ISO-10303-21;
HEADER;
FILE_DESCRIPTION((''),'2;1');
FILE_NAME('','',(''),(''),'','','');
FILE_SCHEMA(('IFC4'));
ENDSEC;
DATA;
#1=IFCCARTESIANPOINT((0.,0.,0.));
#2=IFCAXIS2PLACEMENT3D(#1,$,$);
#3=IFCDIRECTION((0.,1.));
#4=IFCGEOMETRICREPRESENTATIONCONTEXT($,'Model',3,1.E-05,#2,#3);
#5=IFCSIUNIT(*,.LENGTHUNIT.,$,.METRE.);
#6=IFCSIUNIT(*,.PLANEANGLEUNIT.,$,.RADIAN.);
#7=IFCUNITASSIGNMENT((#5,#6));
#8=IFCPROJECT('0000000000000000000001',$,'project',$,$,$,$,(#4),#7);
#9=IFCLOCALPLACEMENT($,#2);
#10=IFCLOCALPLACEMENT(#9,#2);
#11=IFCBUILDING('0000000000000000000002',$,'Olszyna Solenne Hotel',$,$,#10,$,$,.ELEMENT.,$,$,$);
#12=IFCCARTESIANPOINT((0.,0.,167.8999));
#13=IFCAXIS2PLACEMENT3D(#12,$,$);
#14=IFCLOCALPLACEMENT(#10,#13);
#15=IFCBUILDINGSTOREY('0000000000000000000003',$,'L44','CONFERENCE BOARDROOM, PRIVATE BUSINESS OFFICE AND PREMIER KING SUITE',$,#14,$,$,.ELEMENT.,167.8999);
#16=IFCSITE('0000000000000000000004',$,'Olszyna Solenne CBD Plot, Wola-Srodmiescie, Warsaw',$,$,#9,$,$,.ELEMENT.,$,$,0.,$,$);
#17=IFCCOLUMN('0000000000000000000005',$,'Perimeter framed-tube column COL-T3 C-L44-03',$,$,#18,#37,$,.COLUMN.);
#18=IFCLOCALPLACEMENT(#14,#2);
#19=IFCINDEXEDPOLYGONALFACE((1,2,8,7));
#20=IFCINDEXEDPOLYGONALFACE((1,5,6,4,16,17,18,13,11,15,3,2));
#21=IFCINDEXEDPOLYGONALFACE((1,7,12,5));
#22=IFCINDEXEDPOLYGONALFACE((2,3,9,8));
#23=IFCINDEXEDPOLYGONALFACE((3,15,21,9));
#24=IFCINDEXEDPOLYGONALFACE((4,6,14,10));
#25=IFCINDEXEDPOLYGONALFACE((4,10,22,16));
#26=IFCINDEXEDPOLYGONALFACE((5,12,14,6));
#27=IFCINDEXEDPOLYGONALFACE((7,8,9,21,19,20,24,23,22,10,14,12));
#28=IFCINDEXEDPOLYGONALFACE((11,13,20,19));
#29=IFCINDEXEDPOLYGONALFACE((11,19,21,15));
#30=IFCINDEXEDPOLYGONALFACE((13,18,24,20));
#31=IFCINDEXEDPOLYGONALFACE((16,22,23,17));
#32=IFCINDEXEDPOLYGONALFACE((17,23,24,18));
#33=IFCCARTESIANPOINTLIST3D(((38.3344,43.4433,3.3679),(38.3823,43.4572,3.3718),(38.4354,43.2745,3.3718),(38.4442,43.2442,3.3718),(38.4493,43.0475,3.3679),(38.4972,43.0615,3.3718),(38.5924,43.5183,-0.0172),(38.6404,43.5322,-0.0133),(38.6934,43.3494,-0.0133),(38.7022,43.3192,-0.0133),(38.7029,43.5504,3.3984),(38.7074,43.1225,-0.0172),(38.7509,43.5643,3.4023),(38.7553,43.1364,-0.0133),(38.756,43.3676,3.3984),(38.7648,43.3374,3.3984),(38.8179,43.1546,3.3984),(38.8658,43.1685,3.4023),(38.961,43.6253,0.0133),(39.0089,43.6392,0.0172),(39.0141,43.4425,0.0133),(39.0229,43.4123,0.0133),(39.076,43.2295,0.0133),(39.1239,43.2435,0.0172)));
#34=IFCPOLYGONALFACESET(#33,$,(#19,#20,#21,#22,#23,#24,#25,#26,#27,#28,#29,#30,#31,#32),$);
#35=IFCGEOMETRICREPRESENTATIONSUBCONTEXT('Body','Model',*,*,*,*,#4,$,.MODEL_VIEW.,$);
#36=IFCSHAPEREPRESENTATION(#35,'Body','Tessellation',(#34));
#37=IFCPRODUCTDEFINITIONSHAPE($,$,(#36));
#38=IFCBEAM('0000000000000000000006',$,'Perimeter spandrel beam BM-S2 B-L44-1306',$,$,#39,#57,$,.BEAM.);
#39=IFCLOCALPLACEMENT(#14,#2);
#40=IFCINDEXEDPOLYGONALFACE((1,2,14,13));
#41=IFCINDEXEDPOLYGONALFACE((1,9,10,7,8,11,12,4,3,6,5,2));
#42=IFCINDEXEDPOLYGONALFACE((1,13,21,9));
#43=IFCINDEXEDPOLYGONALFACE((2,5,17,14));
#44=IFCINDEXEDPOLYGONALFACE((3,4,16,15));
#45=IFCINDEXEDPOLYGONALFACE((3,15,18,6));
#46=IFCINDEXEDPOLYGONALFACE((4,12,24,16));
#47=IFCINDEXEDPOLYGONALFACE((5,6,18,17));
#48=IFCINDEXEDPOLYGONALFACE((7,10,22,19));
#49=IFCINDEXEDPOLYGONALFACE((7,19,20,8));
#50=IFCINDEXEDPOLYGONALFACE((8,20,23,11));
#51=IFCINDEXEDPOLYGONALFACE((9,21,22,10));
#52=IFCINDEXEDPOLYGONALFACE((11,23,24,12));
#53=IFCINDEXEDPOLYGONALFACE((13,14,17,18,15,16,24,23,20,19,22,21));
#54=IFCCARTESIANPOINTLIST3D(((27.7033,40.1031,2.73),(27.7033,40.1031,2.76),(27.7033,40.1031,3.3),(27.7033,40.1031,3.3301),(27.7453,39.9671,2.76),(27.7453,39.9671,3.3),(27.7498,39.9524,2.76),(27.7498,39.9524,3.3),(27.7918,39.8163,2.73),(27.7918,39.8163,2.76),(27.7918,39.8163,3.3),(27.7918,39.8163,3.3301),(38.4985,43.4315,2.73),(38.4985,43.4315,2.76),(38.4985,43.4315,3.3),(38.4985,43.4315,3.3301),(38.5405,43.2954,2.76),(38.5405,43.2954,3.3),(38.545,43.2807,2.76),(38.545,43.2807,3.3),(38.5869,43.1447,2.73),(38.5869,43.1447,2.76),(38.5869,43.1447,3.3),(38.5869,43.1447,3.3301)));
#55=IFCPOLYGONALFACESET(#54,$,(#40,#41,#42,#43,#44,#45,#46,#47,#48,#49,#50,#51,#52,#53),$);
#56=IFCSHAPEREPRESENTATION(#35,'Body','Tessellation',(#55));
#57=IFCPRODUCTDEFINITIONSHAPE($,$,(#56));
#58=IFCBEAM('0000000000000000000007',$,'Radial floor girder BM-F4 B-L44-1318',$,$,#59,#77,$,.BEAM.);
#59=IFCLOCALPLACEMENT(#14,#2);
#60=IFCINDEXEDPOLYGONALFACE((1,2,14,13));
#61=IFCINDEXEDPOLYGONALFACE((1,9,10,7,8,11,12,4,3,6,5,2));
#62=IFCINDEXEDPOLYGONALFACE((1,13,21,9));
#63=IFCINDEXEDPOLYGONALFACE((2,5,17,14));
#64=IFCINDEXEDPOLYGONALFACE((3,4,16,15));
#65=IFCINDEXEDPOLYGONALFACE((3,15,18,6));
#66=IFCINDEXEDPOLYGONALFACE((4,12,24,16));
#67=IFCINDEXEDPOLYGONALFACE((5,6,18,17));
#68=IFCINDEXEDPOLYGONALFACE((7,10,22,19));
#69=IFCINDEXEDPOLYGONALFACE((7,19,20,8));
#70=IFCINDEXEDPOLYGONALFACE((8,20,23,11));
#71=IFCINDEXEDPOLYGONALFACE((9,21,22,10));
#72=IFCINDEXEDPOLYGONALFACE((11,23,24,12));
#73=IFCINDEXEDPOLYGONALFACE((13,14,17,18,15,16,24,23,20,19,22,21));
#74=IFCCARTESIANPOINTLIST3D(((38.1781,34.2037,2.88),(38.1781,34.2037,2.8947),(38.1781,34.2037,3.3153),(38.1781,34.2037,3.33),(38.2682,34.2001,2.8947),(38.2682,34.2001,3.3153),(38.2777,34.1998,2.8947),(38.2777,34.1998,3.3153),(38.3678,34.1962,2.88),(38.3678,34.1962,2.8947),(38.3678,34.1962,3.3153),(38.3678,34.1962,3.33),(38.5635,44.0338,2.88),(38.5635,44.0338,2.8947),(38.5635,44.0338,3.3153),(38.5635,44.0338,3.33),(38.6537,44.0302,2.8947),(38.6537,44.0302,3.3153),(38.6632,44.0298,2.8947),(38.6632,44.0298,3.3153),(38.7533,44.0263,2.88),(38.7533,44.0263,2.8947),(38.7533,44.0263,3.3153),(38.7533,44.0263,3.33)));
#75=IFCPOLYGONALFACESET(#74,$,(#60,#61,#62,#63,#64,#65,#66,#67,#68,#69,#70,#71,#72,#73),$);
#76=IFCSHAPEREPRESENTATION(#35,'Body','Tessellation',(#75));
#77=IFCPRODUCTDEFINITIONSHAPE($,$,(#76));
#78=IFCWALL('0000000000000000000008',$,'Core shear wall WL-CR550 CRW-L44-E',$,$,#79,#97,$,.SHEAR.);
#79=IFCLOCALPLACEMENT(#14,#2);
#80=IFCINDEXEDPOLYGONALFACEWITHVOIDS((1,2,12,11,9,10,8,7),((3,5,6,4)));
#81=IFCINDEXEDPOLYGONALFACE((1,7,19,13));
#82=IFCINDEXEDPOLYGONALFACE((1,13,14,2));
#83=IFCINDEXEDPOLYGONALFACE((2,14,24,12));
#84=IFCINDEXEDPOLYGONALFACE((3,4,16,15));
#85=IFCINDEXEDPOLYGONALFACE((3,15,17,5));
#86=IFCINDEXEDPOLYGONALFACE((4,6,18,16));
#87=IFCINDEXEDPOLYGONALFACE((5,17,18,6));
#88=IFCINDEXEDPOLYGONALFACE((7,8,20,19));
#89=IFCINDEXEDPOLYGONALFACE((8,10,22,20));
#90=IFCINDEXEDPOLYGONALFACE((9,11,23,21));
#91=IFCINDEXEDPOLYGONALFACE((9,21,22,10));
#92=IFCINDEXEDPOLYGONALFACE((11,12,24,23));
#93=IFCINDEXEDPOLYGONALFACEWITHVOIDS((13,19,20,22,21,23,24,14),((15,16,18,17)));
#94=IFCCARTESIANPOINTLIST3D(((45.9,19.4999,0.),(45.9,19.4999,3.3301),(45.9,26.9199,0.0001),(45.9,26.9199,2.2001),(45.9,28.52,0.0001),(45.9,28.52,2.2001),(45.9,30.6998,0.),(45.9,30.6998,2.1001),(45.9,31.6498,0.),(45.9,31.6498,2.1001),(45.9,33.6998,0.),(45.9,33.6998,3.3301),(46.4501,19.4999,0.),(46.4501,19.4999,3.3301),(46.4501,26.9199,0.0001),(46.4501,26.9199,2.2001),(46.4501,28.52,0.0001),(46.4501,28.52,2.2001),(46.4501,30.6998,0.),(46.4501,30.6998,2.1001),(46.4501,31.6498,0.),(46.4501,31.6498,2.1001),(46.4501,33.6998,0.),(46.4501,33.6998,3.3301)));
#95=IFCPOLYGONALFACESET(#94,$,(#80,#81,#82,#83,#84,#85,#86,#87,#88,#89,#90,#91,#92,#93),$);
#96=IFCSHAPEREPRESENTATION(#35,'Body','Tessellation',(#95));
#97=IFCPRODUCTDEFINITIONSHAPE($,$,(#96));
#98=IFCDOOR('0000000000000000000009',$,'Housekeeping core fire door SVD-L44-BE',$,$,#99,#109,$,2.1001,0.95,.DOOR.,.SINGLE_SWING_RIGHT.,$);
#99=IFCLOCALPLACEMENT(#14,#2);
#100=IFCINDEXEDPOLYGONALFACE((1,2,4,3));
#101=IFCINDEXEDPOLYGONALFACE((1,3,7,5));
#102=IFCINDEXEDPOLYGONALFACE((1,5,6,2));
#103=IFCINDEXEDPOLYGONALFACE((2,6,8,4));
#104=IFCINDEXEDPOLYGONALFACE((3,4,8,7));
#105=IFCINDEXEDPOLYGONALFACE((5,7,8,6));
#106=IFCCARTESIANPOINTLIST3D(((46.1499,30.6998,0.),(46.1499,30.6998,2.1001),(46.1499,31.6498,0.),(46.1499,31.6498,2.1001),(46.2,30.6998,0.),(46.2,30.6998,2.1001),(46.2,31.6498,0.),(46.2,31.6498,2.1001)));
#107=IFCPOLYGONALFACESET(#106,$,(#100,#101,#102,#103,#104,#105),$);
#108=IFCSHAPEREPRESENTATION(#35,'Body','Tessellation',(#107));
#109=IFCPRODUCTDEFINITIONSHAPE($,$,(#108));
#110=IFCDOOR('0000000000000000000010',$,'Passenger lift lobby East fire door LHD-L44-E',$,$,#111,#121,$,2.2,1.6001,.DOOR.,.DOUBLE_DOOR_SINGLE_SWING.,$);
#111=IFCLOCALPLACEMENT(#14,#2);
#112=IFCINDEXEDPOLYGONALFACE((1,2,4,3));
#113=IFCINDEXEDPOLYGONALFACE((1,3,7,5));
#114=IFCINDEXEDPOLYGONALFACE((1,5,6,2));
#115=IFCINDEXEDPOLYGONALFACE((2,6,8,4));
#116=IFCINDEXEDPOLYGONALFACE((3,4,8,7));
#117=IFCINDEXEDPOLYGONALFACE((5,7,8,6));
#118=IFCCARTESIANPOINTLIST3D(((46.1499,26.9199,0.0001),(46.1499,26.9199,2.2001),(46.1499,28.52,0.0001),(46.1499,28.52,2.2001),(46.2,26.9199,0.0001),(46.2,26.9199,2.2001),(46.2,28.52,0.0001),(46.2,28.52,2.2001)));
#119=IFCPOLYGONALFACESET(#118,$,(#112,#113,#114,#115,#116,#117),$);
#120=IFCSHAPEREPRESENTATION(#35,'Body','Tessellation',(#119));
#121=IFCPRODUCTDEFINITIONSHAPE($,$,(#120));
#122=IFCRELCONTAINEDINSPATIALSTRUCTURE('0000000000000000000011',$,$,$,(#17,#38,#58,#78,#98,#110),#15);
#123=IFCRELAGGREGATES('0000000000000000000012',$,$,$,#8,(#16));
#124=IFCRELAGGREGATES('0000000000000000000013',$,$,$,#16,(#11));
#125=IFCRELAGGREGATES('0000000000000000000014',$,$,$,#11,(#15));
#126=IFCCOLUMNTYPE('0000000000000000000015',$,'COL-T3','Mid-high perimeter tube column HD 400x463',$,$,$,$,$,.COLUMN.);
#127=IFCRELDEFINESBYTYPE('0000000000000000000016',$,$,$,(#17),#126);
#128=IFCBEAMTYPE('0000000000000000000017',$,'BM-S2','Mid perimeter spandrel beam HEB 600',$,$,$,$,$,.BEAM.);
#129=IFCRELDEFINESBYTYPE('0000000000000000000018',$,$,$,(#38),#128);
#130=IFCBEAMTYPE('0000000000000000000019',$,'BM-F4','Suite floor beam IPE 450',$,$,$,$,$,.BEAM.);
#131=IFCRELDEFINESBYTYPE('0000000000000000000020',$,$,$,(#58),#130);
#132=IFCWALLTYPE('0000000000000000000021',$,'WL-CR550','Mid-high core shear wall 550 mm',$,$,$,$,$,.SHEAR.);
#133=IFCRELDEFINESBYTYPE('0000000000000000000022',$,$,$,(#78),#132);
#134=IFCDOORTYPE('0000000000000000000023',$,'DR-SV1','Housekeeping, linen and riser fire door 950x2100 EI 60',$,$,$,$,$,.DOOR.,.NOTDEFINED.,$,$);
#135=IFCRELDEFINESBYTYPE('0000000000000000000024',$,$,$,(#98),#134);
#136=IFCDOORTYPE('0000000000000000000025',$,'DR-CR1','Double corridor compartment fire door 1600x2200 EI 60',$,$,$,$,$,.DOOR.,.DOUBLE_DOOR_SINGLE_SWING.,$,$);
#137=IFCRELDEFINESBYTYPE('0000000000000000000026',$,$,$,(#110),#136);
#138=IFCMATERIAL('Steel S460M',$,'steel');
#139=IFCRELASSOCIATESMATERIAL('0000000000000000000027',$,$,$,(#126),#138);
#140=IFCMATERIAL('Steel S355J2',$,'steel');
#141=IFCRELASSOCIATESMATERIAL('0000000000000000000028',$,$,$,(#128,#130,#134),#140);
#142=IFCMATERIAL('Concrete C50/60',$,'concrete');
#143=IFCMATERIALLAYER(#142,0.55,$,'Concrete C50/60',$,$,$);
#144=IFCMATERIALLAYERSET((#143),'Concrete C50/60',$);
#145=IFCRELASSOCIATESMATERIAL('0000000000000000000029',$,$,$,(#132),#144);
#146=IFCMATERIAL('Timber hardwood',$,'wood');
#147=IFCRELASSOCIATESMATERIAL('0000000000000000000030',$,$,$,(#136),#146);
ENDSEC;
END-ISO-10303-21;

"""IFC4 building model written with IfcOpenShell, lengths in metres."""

from ifc_helpers import new_model, si_unit, direction, frame, frame_2d, origin, origin_2d, place, context, subcontext, project, spatial, rectangle, i_section, extrude, source, transform, mapped, material, layer, layer_set, material_profile, profile_set, type_object, type_shapes, element, fill, save


model = new_model("IFC4")

# Units and contexts
model_context = context("Model", 3, precision=1e-05, world=origin(), true_north=direction((0.0, 1.0)))
body_context = subcontext(model_context, "Body", "Model", "MODEL_VIEW")
ifc_project = project(units=[si_unit("LENGTHUNIT", "METRE"), si_unit("PLANEANGLEUNIT", "RADIAN")], contexts=[model_context])

# Site, building, storey
site_placement = place(None, origin())
site = spatial("IfcSite", under=ifc_project, at=site_placement, Name="Olszyna Solenne CBD Plot, Wola-Srodmiescie, Warsaw", CompositionType="ELEMENT", RefElevation=0.0)
building_placement = place(site_placement, origin())
building = spatial("IfcBuilding", under=site, at=building_placement, Name="Olszyna Solenne Hotel", CompositionType="ELEMENT")
storey_placement = place(building_placement, frame((0.0, 0.0, 167.8999)))
storey = spatial("IfcBuildingStorey", under=building, at=storey_placement, Name="L44", Description="CONFERENCE BOARDROOM, PRIVATE BUSINESS OFFICE AND PREMIER KING SUITE", CompositionType="ELEMENT", Elevation=167.8999)

# Column
ifc_material_1 = material(Name="Steel S460M", Category="steel")
ifc_material_profile_1 = material_profile(ifc_material_1, i_section(OverallWidth=0.4121, OverallDepth=0.4351, WebThickness=0.0315, FlangeThickness=0.05, at=origin_2d()), Name="HD 400x463", Category="load-bearing")
ifc_profile_set_1 = profile_set([ifc_material_profile_1], Name="Steel S460M")
column_type = type_object("IfcColumnType", Name="COL-T3", Description="Mid-high perimeter tube column HD 400x463", PredefinedType="COLUMN", material=ifc_profile_set_1)
shared_shape_1 = source(origin(), body_context, "Body", "SweptSolid", [
    extrude(i_section(OverallWidth=0.4121, OverallDepth=0.4351, WebThickness=0.0315, FlangeThickness=0.05, at=origin_2d()), origin(), (0.0, 0.0, 1.0), 3.3958),
])
column_placement = place(storey_placement, frame((38.8582, 43.3809, 0.0), z_axis=(-0.075996, -0.022073, 0.996864), x_axis=(0.278918, -0.960315, 0.0)))
element("IfcColumn", 1, at=column_placement, inside=storey, type_object=column_type, Name="Perimeter framed-tube column COL-T3 C-L44-03", PredefinedType="COLUMN", context=body_context, shape_type="MappedRepresentation", body=[
    mapped(shared_shape_1, transform((0.0, 0.0, 0.0), x_axis=(1.0, 0.0, 0.0), y_axis=(0.0, 1.0, 0.0), z_axis=(0.0, 0.0, 1.0), scale=1.0)),
])

# Beams
ifc_material_2 = material(Name="Steel S355J2", Category="steel")
ifc_material_profile_2 = material_profile(ifc_material_2, i_section(OverallWidth=0.3, OverallDepth=0.6001, WebThickness=0.0154, FlangeThickness=0.03, at=origin_2d()), Name="HEB 600", Category="load-bearing")
ifc_profile_set_2 = profile_set([ifc_material_profile_2], Name="Steel S355J2")
beam_type_1 = type_object("IfcBeamType", Name="BM-S2", Description="Mid perimeter spandrel beam HEB 600", PredefinedType="BEAM", material=ifc_profile_set_2)
shared_shape_2 = source(origin(), body_context, "Body", "SweptSolid", [
    extrude(i_section(OverallWidth=0.3, OverallDepth=0.6001, WebThickness=0.0154, FlangeThickness=0.03, at=origin_2d()), origin(), (0.0, 0.0, 1.0), 11.2966),
])
beam_1_placement = place(storey_placement, frame((38.5427, 43.2881, 3.03), z_axis=(-0.95561, -0.294634, 0.0), x_axis=(0.294634, -0.95561, 0.0)))
element("IfcBeam", 2, at=beam_1_placement, inside=storey, type_object=beam_type_1, Name="Perimeter spandrel beam BM-S2 B-L44-1306", PredefinedType="BEAM", context=body_context, shape_type="MappedRepresentation", body=[
    mapped(shared_shape_2, transform((0.0, 0.0, 0.0), x_axis=(1.0, 0.0, 0.0), y_axis=(0.0, 1.0, 0.0), z_axis=(0.0, 0.0, 1.0), scale=1.0)),
])
ifc_material_profile_3 = material_profile(ifc_material_2, i_section(OverallWidth=0.1899, OverallDepth=0.45, WebThickness=0.0095, FlangeThickness=0.0146, at=origin_2d()), Name="IPE 450", Category="load-bearing")
ifc_profile_set_3 = profile_set([ifc_material_profile_3], Name="Steel S355J2")
beam_type_2 = type_object("IfcBeamType", Name="BM-F4", Description="Suite floor beam IPE 450", PredefinedType="BEAM", material=ifc_profile_set_3)
shared_shape_3 = source(origin(), body_context, "Body", "SweptSolid", [
    extrude(i_section(OverallWidth=0.1899, OverallDepth=0.45, WebThickness=0.0095, FlangeThickness=0.0146, at=origin_2d()), origin(), (0.0, 0.0, 1.0), 9.8376),
])
beam_2_placement = place(storey_placement, frame((38.6584, 44.03, 3.105), z_axis=(-0.039186, -0.999232, 0.0), x_axis=(0.999232, -0.039186, 0.0)))
element("IfcBeam", 3, at=beam_2_placement, inside=storey, type_object=beam_type_2, Name="Radial floor girder BM-F4 B-L44-1318", PredefinedType="BEAM", context=body_context, shape_type="MappedRepresentation", body=[
    mapped(shared_shape_3, transform((0.0, 0.0, 0.0), x_axis=(1.0, 0.0, 0.0), y_axis=(0.0, 1.0, 0.0), z_axis=(0.0, 0.0, 1.0), scale=1.0)),
])

# Wall, openings, doors
ifc_material_3 = material(Name="Concrete C50/60", Category="concrete")
ifc_layer_1 = layer(ifc_material_3, 0.55, Name="Concrete C50/60")
ifc_layer_set_1 = layer_set([ifc_layer_1], Name="Concrete C50/60")
wall_type_1 = type_object("IfcWallType", Name="WL-CR550", Description="Mid-high core shear wall 550 mm", PredefinedType="SHEAR", material=ifc_layer_set_1)
wall_1_placement = place(storey_placement, frame((46.175, 33.7, 0.0), z_axis=(0.0, 0.0, 1.0), x_axis=(0.0, -1.0, 0.0)))
wall_1 = element("IfcWall", 4, at=wall_1_placement, inside=storey, type_object=wall_type_1, Name="Core shear wall WL-CR550 CRW-L44-E", PredefinedType="SHEAR", context=body_context, shape_type="SweptSolid", body=[
    extrude(rectangle(XDim=14.2, YDim=0.55, at=frame_2d((7.1001, 0.0))), origin(), (0.0, 0.0, 1.0), 3.3301),
])
opening_1_placement = place(wall_1_placement, frame((5.1799, 0.0, 0.0)))
opening_1 = element("IfcOpeningElement", 5, at=opening_1_placement, cuts=wall_1, PredefinedType="OPENING", context=body_context, shape_type="SweptSolid", body=[
    extrude(rectangle(XDim=1.6001, YDim=2.2, at=frame_2d((0.8, 1.1001))), frame((0.0, 0.2852, 0.0), z_axis=(0.0, -1.0, 0.0), x_axis=(1.0, 0.0, 0.0)), (0.0, 0.0, 1.0), 0.5701),
])
opening_2_placement = place(wall_1_placement, frame((2.05, 0.0, 0.0)))
opening_2 = element("IfcOpeningElement", 6, at=opening_2_placement, cuts=wall_1, PredefinedType="OPENING", context=body_context, shape_type="SweptSolid", body=[
    extrude(rectangle(XDim=0.95, YDim=2.1001, at=frame_2d((0.4751, 1.05))), frame((0.0, 0.2852, 0.0), z_axis=(0.0, -1.0, 0.0), x_axis=(1.0, 0.0, 0.0)), (0.0, 0.0, 1.0), 0.5701),
])
door_type_1 = type_object("IfcDoorType", Name="DR-SV1", Description="Housekeeping, linen and riser fire door 950x2100 EI 60", OperationType="NOTDEFINED", PredefinedType="DOOR", material=ifc_material_2)
shared_shape_4 = source(origin(), body_context, "Body", "SweptSolid", [
    extrude(rectangle(XDim=0.95, YDim=2.1001, at=frame_2d((0.4751, 1.05))), frame((0.0, 0.0249, 0.0), z_axis=(0.0, -1.0, 0.0), x_axis=(1.0, 0.0, 0.0)), (0.0, 0.0, 1.0), 0.05),
])
type_shapes(door_type_1, [shared_shape_4])
door_1_placement = place(opening_2_placement, origin())
door_1 = element("IfcDoor", 7, at=door_1_placement, inside=storey, type_object=door_type_1, Name="Housekeeping core fire door SVD-L44-BE", OperationType="SINGLE_SWING_RIGHT", OverallHeight=2.1001, OverallWidth=0.95, PredefinedType="DOOR", context=body_context, shape_type="MappedRepresentation", body=[
    mapped(shared_shape_4, transform((0.0, 0.0, 0.0), x_axis=(1.0, 0.0, 0.0), y_axis=(0.0, 1.0, 0.0), z_axis=(0.0, 0.0, 1.0), scale=1.0)),
])
fill(opening_2, door_1)
ifc_material_4 = material(Name="Timber hardwood", Category="wood")
door_type_2 = type_object("IfcDoorType", Name="DR-CR1", Description="Double corridor compartment fire door 1600x2200 EI 60", OperationType="DOUBLE_DOOR_SINGLE_SWING", PredefinedType="DOOR", material=ifc_material_4)
shared_shape_5 = source(origin(), body_context, "Body", "SweptSolid", [
    extrude(rectangle(XDim=1.6001, YDim=2.2, at=frame_2d((0.8, 1.1001))), frame((0.0, 0.0249, 0.0), z_axis=(0.0, -1.0, 0.0), x_axis=(1.0, 0.0, 0.0)), (0.0, 0.0, 1.0), 0.05),
])
type_shapes(door_type_2, [shared_shape_5])
door_2_placement = place(opening_1_placement, origin())
door_2 = element("IfcDoor", 8, at=door_2_placement, inside=storey, type_object=door_type_2, Name="Passenger lift lobby East fire door LHD-L44-E", OperationType="DOUBLE_DOOR_SINGLE_SWING", OverallHeight=2.2, OverallWidth=1.6001, PredefinedType="DOOR", context=body_context, shape_type="MappedRepresentation", body=[
    mapped(shared_shape_5, transform((0.0, 0.0, 0.0), x_axis=(1.0, 0.0, 0.0), y_axis=(0.0, 1.0, 0.0), z_axis=(0.0, 0.0, 1.0), scale=1.0)),
])
fill(opening_1, door_2)

save(model, "model.ifc")
